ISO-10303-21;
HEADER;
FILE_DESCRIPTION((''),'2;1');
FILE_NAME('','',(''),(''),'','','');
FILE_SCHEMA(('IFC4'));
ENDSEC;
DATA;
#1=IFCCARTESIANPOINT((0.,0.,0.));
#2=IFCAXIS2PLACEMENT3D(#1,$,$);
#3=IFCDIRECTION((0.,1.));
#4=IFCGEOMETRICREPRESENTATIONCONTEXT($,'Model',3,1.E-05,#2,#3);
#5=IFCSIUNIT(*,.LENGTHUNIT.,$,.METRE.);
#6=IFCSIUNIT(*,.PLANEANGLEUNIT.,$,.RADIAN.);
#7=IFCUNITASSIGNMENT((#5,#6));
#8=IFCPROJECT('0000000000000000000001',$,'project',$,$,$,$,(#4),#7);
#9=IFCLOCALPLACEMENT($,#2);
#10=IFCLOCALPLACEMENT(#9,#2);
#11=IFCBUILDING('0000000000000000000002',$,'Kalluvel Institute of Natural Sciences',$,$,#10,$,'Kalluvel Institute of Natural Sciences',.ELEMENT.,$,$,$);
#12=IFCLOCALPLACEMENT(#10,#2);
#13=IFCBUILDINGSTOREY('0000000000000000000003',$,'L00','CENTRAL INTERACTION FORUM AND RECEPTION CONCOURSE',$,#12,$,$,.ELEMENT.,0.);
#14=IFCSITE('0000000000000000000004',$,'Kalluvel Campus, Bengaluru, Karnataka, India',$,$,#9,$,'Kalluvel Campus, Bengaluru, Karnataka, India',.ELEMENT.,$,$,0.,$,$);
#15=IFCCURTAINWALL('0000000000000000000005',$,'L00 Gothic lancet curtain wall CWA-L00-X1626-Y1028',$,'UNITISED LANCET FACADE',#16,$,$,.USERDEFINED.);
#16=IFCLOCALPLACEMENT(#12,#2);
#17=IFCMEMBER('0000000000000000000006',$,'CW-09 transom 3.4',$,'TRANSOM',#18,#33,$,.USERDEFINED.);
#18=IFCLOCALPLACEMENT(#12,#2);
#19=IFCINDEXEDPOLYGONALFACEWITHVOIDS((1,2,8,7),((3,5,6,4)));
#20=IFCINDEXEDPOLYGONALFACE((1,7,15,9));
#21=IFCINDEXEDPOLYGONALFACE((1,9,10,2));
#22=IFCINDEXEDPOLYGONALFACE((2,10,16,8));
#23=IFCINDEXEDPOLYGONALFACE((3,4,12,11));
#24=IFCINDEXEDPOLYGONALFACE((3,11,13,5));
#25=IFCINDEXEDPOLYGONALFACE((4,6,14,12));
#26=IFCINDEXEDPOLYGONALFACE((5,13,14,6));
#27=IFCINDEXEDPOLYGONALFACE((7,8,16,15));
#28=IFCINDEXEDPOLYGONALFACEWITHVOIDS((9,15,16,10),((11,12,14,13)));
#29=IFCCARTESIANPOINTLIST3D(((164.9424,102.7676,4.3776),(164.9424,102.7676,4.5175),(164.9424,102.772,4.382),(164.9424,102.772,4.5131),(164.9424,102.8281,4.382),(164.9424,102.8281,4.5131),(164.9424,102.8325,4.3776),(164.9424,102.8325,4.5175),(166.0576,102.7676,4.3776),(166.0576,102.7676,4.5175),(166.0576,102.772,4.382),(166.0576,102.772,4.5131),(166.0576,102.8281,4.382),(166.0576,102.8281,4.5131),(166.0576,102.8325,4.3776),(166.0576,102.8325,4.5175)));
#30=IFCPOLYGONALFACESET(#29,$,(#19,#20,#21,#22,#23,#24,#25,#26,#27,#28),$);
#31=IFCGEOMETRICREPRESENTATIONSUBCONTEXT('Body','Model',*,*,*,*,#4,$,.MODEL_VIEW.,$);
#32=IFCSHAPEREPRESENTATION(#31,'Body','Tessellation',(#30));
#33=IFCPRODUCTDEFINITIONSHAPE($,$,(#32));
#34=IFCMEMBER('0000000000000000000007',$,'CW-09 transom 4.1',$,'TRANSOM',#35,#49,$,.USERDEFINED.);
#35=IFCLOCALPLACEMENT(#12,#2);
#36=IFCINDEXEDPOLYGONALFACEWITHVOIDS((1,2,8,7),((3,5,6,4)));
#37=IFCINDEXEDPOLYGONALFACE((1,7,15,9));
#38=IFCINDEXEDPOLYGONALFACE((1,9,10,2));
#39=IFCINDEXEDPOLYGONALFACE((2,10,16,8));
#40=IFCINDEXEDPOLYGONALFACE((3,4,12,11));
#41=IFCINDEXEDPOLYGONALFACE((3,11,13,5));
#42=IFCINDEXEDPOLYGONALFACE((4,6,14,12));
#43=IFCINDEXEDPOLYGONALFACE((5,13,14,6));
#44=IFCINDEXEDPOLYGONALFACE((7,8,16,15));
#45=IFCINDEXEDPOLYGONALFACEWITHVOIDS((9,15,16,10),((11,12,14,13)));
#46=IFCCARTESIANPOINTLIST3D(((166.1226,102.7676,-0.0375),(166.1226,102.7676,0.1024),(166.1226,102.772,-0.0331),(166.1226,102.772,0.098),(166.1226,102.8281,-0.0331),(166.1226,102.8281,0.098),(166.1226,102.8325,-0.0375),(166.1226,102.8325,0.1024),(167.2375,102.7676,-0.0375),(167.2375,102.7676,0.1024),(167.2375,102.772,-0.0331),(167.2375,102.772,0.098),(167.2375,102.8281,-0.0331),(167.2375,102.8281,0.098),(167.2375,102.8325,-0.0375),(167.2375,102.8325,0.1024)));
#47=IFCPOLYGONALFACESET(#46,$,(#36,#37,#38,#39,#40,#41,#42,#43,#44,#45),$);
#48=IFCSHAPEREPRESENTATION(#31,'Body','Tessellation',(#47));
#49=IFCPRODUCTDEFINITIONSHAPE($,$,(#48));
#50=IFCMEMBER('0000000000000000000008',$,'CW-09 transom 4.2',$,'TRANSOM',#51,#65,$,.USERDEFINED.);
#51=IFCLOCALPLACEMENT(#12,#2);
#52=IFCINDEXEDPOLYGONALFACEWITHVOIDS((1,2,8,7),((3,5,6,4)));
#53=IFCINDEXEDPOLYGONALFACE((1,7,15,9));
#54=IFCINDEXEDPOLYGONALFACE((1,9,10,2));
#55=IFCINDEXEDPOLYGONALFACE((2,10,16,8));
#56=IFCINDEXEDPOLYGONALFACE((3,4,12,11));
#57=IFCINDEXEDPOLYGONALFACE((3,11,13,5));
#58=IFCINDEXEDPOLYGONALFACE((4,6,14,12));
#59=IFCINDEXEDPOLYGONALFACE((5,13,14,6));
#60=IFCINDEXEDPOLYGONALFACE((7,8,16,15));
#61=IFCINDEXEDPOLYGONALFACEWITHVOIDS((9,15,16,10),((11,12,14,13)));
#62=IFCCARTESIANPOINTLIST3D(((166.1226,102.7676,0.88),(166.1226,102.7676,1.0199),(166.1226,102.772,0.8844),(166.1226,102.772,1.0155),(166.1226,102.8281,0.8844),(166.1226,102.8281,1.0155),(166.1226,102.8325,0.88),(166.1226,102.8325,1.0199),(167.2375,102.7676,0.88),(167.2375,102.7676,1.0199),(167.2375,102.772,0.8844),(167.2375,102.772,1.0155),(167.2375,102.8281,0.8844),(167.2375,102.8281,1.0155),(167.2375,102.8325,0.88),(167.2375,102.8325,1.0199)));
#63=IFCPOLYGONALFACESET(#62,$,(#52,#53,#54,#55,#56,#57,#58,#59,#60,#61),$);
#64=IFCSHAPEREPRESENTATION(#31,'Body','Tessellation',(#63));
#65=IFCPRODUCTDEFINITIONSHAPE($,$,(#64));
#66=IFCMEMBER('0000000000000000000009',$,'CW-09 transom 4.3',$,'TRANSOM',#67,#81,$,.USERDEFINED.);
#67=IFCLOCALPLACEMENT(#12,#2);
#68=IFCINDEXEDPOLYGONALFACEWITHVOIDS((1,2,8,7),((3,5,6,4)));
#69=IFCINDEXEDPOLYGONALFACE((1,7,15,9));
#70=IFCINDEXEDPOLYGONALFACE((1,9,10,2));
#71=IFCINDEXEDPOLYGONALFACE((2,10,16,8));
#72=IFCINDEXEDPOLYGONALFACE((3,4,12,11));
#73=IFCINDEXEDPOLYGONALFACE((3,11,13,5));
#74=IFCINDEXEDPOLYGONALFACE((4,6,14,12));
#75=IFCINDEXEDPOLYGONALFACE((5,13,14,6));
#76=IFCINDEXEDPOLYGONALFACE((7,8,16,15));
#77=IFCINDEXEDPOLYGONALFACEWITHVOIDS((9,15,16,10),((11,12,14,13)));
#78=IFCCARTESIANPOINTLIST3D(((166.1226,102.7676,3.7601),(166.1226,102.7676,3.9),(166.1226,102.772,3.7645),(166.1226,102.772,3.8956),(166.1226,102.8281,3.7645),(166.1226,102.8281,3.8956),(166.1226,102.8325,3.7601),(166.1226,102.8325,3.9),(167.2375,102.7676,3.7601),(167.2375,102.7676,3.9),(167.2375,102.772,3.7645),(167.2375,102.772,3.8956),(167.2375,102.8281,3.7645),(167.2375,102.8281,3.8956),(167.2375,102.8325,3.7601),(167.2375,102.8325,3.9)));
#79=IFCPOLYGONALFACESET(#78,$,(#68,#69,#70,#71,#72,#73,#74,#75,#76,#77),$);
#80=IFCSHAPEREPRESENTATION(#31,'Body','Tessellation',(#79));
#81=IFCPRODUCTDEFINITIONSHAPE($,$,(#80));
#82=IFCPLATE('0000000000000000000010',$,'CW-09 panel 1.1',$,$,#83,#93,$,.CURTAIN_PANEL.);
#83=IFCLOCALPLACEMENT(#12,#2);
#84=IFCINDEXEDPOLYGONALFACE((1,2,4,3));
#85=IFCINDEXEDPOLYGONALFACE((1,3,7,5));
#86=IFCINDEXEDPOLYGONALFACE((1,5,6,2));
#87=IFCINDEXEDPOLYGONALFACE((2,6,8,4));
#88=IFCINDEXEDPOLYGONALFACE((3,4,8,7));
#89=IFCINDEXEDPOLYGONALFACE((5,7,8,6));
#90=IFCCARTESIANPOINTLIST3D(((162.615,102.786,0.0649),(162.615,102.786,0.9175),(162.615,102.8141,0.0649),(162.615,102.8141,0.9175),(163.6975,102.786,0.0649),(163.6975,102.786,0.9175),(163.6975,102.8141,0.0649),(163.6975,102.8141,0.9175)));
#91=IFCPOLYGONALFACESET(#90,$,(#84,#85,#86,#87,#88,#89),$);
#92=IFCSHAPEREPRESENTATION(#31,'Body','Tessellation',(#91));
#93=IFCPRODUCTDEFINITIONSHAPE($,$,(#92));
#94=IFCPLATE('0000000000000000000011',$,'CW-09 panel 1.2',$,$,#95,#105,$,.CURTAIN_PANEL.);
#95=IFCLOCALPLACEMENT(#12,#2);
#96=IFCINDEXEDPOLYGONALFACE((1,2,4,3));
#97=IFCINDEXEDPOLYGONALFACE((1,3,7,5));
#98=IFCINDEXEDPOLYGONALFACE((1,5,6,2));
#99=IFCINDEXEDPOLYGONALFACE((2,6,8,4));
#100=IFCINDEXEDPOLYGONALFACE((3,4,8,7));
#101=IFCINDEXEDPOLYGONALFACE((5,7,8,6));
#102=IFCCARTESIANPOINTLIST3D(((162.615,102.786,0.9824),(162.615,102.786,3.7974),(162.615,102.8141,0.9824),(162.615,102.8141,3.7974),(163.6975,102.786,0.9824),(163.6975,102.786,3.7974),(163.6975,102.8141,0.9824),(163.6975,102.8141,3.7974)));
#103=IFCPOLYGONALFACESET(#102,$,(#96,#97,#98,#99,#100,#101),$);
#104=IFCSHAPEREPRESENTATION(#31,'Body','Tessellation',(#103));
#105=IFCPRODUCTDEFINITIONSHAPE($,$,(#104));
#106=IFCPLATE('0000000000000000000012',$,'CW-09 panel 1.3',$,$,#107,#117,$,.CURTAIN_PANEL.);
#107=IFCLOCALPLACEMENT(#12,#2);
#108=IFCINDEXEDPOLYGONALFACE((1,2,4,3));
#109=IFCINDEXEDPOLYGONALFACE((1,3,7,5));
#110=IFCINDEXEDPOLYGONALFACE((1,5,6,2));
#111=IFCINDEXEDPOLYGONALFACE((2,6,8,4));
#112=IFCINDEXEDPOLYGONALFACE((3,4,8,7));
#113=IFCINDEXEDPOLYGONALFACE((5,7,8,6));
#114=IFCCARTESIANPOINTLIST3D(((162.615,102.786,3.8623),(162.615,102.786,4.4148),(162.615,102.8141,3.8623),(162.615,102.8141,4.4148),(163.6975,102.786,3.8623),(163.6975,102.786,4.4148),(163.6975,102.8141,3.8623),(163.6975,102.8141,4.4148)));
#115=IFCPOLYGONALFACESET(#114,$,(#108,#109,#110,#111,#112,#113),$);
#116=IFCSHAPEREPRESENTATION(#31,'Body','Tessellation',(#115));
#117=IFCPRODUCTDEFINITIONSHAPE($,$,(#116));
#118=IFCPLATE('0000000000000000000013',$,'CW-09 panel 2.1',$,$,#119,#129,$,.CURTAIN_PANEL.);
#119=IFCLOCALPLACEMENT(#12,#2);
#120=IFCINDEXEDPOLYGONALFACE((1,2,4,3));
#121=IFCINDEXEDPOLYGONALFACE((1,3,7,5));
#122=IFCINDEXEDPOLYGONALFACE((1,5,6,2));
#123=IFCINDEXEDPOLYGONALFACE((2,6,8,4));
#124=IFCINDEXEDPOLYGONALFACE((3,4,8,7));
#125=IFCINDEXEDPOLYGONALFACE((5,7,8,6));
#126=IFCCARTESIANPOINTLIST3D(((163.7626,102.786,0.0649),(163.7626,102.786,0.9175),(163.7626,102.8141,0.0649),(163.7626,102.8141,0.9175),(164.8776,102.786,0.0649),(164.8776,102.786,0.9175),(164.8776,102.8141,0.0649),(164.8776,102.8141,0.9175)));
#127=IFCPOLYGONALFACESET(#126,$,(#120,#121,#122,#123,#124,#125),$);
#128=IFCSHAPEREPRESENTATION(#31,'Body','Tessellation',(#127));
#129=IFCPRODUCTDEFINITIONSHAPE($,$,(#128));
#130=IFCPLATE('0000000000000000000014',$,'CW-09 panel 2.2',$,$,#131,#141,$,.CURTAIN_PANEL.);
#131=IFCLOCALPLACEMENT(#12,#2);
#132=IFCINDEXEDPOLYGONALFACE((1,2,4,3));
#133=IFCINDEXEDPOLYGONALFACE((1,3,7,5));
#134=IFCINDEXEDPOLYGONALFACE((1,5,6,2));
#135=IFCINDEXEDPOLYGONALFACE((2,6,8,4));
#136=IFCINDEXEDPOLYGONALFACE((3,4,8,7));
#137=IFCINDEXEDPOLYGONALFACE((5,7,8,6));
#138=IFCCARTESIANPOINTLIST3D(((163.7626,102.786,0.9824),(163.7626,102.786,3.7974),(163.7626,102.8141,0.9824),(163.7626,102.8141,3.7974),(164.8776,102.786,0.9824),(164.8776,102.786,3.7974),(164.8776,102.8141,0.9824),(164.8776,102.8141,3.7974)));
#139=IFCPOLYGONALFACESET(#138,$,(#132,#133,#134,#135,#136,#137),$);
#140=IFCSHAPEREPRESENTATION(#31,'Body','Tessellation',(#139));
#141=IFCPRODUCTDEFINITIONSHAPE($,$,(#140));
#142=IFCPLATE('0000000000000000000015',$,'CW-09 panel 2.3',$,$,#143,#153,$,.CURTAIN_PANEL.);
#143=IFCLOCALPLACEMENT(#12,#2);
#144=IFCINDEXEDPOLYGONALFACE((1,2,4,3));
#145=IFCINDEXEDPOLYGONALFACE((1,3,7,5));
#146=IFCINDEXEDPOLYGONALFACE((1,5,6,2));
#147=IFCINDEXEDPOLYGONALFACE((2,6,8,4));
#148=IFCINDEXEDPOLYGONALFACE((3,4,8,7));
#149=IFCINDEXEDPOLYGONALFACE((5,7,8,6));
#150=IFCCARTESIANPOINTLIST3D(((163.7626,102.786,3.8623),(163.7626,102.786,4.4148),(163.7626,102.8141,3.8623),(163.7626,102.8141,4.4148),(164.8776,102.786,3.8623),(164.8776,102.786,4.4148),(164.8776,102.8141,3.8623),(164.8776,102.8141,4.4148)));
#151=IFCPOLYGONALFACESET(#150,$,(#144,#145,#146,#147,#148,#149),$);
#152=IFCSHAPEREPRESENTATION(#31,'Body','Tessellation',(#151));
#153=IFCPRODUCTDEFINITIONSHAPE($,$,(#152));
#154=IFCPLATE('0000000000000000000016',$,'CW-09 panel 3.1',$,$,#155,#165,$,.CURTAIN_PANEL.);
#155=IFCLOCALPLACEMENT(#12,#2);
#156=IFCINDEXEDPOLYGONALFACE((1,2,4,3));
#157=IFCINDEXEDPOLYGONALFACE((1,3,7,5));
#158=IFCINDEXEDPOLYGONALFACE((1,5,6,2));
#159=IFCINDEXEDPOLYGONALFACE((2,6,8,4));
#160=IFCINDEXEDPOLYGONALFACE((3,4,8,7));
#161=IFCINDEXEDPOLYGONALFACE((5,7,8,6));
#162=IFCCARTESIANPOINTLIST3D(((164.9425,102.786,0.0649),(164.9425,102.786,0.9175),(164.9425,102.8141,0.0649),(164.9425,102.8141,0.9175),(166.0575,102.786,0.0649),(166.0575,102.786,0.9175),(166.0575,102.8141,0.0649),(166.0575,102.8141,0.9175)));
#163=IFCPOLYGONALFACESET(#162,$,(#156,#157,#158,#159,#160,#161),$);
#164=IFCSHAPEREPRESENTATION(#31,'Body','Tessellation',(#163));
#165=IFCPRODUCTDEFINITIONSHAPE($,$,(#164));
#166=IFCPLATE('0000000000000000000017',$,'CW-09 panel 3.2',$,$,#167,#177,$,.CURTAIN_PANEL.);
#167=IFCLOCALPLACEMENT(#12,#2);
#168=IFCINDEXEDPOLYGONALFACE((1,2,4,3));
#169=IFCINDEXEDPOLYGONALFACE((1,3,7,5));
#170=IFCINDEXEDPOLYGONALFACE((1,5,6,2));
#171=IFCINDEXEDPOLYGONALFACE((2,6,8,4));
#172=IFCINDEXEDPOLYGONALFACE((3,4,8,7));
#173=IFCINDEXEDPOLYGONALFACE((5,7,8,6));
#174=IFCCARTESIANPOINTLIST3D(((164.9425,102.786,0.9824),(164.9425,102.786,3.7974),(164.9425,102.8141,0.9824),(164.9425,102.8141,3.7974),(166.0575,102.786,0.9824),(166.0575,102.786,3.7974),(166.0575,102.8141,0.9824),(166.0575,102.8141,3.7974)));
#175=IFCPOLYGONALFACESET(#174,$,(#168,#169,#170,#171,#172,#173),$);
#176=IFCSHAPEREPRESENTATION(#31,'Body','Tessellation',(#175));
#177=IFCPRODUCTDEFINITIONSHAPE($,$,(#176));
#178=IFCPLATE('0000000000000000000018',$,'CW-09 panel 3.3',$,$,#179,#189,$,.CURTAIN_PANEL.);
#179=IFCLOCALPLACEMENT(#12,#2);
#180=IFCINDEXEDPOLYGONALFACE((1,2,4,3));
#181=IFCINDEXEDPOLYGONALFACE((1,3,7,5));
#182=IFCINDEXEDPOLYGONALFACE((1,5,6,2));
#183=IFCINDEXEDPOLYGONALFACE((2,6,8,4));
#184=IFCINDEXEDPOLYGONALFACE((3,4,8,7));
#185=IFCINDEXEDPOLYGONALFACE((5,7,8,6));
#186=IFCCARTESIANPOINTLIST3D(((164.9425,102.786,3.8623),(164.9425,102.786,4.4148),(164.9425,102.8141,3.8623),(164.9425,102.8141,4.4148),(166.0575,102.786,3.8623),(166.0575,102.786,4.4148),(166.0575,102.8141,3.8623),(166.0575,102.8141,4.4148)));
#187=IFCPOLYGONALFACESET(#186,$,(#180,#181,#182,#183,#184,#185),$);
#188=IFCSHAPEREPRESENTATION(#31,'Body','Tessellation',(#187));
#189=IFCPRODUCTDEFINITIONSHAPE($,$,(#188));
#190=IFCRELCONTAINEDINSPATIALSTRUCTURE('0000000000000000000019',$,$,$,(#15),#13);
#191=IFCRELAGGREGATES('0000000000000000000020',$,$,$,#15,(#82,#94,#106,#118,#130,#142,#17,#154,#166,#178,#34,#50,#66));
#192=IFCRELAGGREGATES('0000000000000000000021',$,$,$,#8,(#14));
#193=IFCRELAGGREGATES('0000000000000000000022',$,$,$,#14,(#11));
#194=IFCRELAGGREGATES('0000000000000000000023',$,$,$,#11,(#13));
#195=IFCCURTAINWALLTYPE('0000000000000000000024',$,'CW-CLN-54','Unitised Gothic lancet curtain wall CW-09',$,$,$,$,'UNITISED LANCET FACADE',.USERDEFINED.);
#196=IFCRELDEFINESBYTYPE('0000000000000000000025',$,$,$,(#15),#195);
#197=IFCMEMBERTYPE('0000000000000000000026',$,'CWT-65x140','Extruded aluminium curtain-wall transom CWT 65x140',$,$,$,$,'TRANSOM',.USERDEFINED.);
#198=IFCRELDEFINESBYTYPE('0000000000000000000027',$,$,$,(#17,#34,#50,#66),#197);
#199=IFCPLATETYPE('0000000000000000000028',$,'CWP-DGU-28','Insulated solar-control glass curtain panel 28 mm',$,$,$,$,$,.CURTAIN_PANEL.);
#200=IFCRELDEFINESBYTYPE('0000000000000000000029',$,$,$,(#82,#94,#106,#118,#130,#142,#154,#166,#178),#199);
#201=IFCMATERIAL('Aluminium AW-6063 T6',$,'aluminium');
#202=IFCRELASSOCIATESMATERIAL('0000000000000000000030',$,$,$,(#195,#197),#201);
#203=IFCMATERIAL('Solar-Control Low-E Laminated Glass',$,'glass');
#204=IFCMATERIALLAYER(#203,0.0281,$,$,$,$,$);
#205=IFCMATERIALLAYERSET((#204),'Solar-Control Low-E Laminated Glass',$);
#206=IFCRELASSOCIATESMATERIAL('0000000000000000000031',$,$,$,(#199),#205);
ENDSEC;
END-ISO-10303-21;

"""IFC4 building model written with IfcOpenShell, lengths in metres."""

from ifc_helpers import new_model, si_unit, direction, frame, origin, origin_2d, place, context, subcontext, project, spatial, rectangle, hollow_rectangle, extrude, material, layer, layer_set, material_profile, profile_set, type_object, element, aggregate, save


model = new_model("IFC4")

# Units and contexts
model_context = context("Model", 3, precision=1e-05, world=origin(), true_north=direction((0.0, 1.0)))
body_context = subcontext(model_context, "Body", "Model", "MODEL_VIEW")
ifc_project = project(units=[si_unit("LENGTHUNIT", "METRE"), si_unit("PLANEANGLEUNIT", "RADIAN")], contexts=[model_context])

# Site, building, storey
site_placement = place(None, origin())
site = spatial("IfcSite", under=ifc_project, at=site_placement, Name="Kalluvel Campus, Bengaluru, Karnataka, India", LongName="Kalluvel Campus, Bengaluru, Karnataka, India", CompositionType="ELEMENT", RefElevation=0.0)
building_placement = place(site_placement, origin())
building = spatial("IfcBuilding", under=site, at=building_placement, Name="Kalluvel Institute of Natural Sciences", LongName="Kalluvel Institute of Natural Sciences", CompositionType="ELEMENT")
storey_placement = place(building_placement, origin())
storey = spatial("IfcBuildingStorey", under=building, at=storey_placement, Name="L00", Description="CENTRAL INTERACTION FORUM AND RECEPTION CONCOURSE", CompositionType="ELEMENT", Elevation=0.0)

# Curtain wall, members, plates
ifc_material_1 = material(Name="Aluminium AW-6063 T6", Category="aluminium")
curtain_wall_type = type_object("IfcCurtainWallType", Name="CW-CLN-54", Description="Unitised Gothic lancet curtain wall CW-09", ElementType="UNITISED LANCET FACADE", PredefinedType="USERDEFINED", material=ifc_material_1)
curtain_wall_placement = place(storey_placement, origin())
curtain_wall = element("IfcCurtainWall", 1, at=curtain_wall_placement, inside=storey, type_object=curtain_wall_type, Name="L00 Gothic lancet curtain wall CWA-L00-X1626-Y1028", ObjectType="UNITISED LANCET FACADE", PredefinedType="USERDEFINED")
ifc_material_profile_1 = material_profile(ifc_material_1, hollow_rectangle(XDim=0.0649, YDim=0.1399, WallThickness=0.0044, at=origin_2d()), Name="CWT 65x140")
ifc_profile_set_1 = profile_set([ifc_material_profile_1], Name="Aluminium AW-6063 T6")
member_type_1 = type_object("IfcMemberType", Name="CWT-65x140", Description="Extruded aluminium curtain-wall transom CWT 65x140", ElementType="TRANSOM", PredefinedType="USERDEFINED", material=ifc_profile_set_1)
member_1_placement = place(storey_placement, frame((164.9424, 102.8, 4.4475), z_axis=(1.0, 0.0, 0.0), x_axis=(0.0, 1.0, 0.0)))
member_1 = element("IfcMember", 2, at=member_1_placement, type_object=member_type_1, Name="CW-09 transom 3.4", ObjectType="TRANSOM", PredefinedType="USERDEFINED", context=body_context, shape_type="SweptSolid", body=[
    extrude(hollow_rectangle(XDim=0.0649, YDim=0.1399, WallThickness=0.0044, at=origin_2d()), origin(), (0.0, 0.0, 1.0), 1.1152),
])
member_2_placement = place(storey_placement, frame((166.1226, 102.8, 0.0325), z_axis=(1.0, 0.0, 0.0), x_axis=(0.0, 1.0, 0.0)))
member_2 = element("IfcMember", 3, at=member_2_placement, type_object=member_type_1, Name="CW-09 transom 4.1", ObjectType="TRANSOM", PredefinedType="USERDEFINED", context=body_context, shape_type="SweptSolid", body=[
    extrude(hollow_rectangle(XDim=0.0649, YDim=0.1399, WallThickness=0.0044, at=origin_2d()), origin(), (0.0, 0.0, 1.0), 1.115),
])
member_3_placement = place(storey_placement, frame((166.1226, 102.8, 0.95), z_axis=(1.0, 0.0, 0.0), x_axis=(0.0, 1.0, 0.0)))
member_3 = element("IfcMember", 4, at=member_3_placement, type_object=member_type_1, Name="CW-09 transom 4.2", ObjectType="TRANSOM", PredefinedType="USERDEFINED", context=body_context, shape_type="SweptSolid", body=[
    extrude(hollow_rectangle(XDim=0.0649, YDim=0.1399, WallThickness=0.0044, at=origin_2d()), origin(), (0.0, 0.0, 1.0), 1.115),
])
member_4_placement = place(storey_placement, frame((166.1226, 102.8, 3.8301), z_axis=(1.0, 0.0, 0.0), x_axis=(0.0, 1.0, 0.0)))
member_4 = element("IfcMember", 5, at=member_4_placement, type_object=member_type_1, Name="CW-09 transom 4.3", ObjectType="TRANSOM", PredefinedType="USERDEFINED", context=body_context, shape_type="SweptSolid", body=[
    extrude(hollow_rectangle(XDim=0.0649, YDim=0.1399, WallThickness=0.0044, at=origin_2d()), origin(), (0.0, 0.0, 1.0), 1.115),
])
ifc_material_2 = material(Name="Solar-Control Low-E Laminated Glass", Category="glass")
ifc_layer = layer(ifc_material_2, 0.0281)
ifc_layer_set = layer_set([ifc_layer], Name="Solar-Control Low-E Laminated Glass")
plate_type = type_object("IfcPlateType", Name="CWP-DGU-28", Description="Insulated solar-control glass curtain panel 28 mm", PredefinedType="CURTAIN_PANEL", material=ifc_layer_set)
plate_1_placement = place(storey_placement, frame((163.1562, 102.8, 0.0649), z_axis=(0.0, 0.0, 1.0), x_axis=(1.0, 0.0, 0.0)))
plate_1 = element("IfcPlate", 6, at=plate_1_placement, type_object=plate_type, Name="CW-09 panel 1.1", PredefinedType="CURTAIN_PANEL", context=body_context, shape_type="SweptSolid", body=[
    extrude(rectangle(XDim=1.0825, YDim=0.0281, at=origin_2d()), origin(), (0.0, 0.0, 1.0), 0.8525),
])
plate_2_placement = place(storey_placement, frame((163.1562, 102.8, 0.9824), z_axis=(0.0, 0.0, 1.0), x_axis=(1.0, 0.0, 0.0)))
plate_2 = element("IfcPlate", 7, at=plate_2_placement, type_object=plate_type, Name="CW-09 panel 1.2", PredefinedType="CURTAIN_PANEL", context=body_context, shape_type="SweptSolid", body=[
    extrude(rectangle(XDim=1.0825, YDim=0.0281, at=origin_2d()), origin(), (0.0, 0.0, 1.0), 2.8149),
])
plate_3_placement = place(storey_placement, frame((163.1562, 102.8, 3.8623), z_axis=(0.0, 0.0, 1.0), x_axis=(1.0, 0.0, 0.0)))
plate_3 = element("IfcPlate", 8, at=plate_3_placement, type_object=plate_type, Name="CW-09 panel 1.3", PredefinedType="CURTAIN_PANEL", context=body_context, shape_type="SweptSolid", body=[
    extrude(rectangle(XDim=1.0825, YDim=0.0281, at=origin_2d()), origin(), (0.0, 0.0, 1.0), 0.5525),
])
plate_4_placement = place(storey_placement, frame((164.3201, 102.8, 0.0649), z_axis=(0.0, 0.0, 1.0), x_axis=(1.0, 0.0, 0.0)))
plate_4 = element("IfcPlate", 9, at=plate_4_placement, type_object=plate_type, Name="CW-09 panel 2.1", PredefinedType="CURTAIN_PANEL", context=body_context, shape_type="SweptSolid", body=[
    extrude(rectangle(XDim=1.115, YDim=0.0281, at=origin_2d()), origin(), (0.0, 0.0, 1.0), 0.8525),
])
plate_5_placement = place(storey_placement, frame((164.3201, 102.8, 0.9824), z_axis=(0.0, 0.0, 1.0), x_axis=(1.0, 0.0, 0.0)))
plate_5 = element("IfcPlate", 10, at=plate_5_placement, type_object=plate_type, Name="CW-09 panel 2.2", PredefinedType="CURTAIN_PANEL", context=body_context, shape_type="SweptSolid", body=[
    extrude(rectangle(XDim=1.115, YDim=0.0281, at=origin_2d()), origin(), (0.0, 0.0, 1.0), 2.8149),
])
plate_6_placement = place(storey_placement, frame((164.3201, 102.8, 3.8623), z_axis=(0.0, 0.0, 1.0), x_axis=(1.0, 0.0, 0.0)))
plate_6 = element("IfcPlate", 11, at=plate_6_placement, type_object=plate_type, Name="CW-09 panel 2.3", PredefinedType="CURTAIN_PANEL", context=body_context, shape_type="SweptSolid", body=[
    extrude(rectangle(XDim=1.115, YDim=0.0281, at=origin_2d()), origin(), (0.0, 0.0, 1.0), 0.5525),
])
plate_7_placement = place(storey_placement, frame((165.5, 102.8, 0.0649), z_axis=(0.0, 0.0, 1.0), x_axis=(1.0, 0.0, 0.0)))
plate_7 = element("IfcPlate", 12, at=plate_7_placement, type_object=plate_type, Name="CW-09 panel 3.1", PredefinedType="CURTAIN_PANEL", context=body_context, shape_type="SweptSolid", body=[
    extrude(rectangle(XDim=1.115, YDim=0.0281, at=origin_2d()), origin(), (0.0, 0.0, 1.0), 0.8525),
])
plate_8_placement = place(storey_placement, frame((165.5, 102.8, 0.9824), z_axis=(0.0, 0.0, 1.0), x_axis=(1.0, 0.0, 0.0)))
plate_8 = element("IfcPlate", 13, at=plate_8_placement, type_object=plate_type, Name="CW-09 panel 3.2", PredefinedType="CURTAIN_PANEL", context=body_context, shape_type="SweptSolid", body=[
    extrude(rectangle(XDim=1.115, YDim=0.0281, at=origin_2d()), origin(), (0.0, 0.0, 1.0), 2.8149),
])
plate_9_placement = place(storey_placement, frame((165.5, 102.8, 3.8623), z_axis=(0.0, 0.0, 1.0), x_axis=(1.0, 0.0, 0.0)))
plate_9 = element("IfcPlate", 14, at=plate_9_placement, type_object=plate_type, Name="CW-09 panel 3.3", PredefinedType="CURTAIN_PANEL", context=body_context, shape_type="SweptSolid", body=[
    extrude(rectangle(XDim=1.115, YDim=0.0281, at=origin_2d()), origin(), (0.0, 0.0, 1.0), 0.5525),
])
aggregate(curtain_wall, [plate_1, plate_2, plate_3, plate_4, plate_5, plate_6, member_1, plate_7, plate_8, plate_9, member_2, member_3, member_4])

save(model, "model.ifc")
